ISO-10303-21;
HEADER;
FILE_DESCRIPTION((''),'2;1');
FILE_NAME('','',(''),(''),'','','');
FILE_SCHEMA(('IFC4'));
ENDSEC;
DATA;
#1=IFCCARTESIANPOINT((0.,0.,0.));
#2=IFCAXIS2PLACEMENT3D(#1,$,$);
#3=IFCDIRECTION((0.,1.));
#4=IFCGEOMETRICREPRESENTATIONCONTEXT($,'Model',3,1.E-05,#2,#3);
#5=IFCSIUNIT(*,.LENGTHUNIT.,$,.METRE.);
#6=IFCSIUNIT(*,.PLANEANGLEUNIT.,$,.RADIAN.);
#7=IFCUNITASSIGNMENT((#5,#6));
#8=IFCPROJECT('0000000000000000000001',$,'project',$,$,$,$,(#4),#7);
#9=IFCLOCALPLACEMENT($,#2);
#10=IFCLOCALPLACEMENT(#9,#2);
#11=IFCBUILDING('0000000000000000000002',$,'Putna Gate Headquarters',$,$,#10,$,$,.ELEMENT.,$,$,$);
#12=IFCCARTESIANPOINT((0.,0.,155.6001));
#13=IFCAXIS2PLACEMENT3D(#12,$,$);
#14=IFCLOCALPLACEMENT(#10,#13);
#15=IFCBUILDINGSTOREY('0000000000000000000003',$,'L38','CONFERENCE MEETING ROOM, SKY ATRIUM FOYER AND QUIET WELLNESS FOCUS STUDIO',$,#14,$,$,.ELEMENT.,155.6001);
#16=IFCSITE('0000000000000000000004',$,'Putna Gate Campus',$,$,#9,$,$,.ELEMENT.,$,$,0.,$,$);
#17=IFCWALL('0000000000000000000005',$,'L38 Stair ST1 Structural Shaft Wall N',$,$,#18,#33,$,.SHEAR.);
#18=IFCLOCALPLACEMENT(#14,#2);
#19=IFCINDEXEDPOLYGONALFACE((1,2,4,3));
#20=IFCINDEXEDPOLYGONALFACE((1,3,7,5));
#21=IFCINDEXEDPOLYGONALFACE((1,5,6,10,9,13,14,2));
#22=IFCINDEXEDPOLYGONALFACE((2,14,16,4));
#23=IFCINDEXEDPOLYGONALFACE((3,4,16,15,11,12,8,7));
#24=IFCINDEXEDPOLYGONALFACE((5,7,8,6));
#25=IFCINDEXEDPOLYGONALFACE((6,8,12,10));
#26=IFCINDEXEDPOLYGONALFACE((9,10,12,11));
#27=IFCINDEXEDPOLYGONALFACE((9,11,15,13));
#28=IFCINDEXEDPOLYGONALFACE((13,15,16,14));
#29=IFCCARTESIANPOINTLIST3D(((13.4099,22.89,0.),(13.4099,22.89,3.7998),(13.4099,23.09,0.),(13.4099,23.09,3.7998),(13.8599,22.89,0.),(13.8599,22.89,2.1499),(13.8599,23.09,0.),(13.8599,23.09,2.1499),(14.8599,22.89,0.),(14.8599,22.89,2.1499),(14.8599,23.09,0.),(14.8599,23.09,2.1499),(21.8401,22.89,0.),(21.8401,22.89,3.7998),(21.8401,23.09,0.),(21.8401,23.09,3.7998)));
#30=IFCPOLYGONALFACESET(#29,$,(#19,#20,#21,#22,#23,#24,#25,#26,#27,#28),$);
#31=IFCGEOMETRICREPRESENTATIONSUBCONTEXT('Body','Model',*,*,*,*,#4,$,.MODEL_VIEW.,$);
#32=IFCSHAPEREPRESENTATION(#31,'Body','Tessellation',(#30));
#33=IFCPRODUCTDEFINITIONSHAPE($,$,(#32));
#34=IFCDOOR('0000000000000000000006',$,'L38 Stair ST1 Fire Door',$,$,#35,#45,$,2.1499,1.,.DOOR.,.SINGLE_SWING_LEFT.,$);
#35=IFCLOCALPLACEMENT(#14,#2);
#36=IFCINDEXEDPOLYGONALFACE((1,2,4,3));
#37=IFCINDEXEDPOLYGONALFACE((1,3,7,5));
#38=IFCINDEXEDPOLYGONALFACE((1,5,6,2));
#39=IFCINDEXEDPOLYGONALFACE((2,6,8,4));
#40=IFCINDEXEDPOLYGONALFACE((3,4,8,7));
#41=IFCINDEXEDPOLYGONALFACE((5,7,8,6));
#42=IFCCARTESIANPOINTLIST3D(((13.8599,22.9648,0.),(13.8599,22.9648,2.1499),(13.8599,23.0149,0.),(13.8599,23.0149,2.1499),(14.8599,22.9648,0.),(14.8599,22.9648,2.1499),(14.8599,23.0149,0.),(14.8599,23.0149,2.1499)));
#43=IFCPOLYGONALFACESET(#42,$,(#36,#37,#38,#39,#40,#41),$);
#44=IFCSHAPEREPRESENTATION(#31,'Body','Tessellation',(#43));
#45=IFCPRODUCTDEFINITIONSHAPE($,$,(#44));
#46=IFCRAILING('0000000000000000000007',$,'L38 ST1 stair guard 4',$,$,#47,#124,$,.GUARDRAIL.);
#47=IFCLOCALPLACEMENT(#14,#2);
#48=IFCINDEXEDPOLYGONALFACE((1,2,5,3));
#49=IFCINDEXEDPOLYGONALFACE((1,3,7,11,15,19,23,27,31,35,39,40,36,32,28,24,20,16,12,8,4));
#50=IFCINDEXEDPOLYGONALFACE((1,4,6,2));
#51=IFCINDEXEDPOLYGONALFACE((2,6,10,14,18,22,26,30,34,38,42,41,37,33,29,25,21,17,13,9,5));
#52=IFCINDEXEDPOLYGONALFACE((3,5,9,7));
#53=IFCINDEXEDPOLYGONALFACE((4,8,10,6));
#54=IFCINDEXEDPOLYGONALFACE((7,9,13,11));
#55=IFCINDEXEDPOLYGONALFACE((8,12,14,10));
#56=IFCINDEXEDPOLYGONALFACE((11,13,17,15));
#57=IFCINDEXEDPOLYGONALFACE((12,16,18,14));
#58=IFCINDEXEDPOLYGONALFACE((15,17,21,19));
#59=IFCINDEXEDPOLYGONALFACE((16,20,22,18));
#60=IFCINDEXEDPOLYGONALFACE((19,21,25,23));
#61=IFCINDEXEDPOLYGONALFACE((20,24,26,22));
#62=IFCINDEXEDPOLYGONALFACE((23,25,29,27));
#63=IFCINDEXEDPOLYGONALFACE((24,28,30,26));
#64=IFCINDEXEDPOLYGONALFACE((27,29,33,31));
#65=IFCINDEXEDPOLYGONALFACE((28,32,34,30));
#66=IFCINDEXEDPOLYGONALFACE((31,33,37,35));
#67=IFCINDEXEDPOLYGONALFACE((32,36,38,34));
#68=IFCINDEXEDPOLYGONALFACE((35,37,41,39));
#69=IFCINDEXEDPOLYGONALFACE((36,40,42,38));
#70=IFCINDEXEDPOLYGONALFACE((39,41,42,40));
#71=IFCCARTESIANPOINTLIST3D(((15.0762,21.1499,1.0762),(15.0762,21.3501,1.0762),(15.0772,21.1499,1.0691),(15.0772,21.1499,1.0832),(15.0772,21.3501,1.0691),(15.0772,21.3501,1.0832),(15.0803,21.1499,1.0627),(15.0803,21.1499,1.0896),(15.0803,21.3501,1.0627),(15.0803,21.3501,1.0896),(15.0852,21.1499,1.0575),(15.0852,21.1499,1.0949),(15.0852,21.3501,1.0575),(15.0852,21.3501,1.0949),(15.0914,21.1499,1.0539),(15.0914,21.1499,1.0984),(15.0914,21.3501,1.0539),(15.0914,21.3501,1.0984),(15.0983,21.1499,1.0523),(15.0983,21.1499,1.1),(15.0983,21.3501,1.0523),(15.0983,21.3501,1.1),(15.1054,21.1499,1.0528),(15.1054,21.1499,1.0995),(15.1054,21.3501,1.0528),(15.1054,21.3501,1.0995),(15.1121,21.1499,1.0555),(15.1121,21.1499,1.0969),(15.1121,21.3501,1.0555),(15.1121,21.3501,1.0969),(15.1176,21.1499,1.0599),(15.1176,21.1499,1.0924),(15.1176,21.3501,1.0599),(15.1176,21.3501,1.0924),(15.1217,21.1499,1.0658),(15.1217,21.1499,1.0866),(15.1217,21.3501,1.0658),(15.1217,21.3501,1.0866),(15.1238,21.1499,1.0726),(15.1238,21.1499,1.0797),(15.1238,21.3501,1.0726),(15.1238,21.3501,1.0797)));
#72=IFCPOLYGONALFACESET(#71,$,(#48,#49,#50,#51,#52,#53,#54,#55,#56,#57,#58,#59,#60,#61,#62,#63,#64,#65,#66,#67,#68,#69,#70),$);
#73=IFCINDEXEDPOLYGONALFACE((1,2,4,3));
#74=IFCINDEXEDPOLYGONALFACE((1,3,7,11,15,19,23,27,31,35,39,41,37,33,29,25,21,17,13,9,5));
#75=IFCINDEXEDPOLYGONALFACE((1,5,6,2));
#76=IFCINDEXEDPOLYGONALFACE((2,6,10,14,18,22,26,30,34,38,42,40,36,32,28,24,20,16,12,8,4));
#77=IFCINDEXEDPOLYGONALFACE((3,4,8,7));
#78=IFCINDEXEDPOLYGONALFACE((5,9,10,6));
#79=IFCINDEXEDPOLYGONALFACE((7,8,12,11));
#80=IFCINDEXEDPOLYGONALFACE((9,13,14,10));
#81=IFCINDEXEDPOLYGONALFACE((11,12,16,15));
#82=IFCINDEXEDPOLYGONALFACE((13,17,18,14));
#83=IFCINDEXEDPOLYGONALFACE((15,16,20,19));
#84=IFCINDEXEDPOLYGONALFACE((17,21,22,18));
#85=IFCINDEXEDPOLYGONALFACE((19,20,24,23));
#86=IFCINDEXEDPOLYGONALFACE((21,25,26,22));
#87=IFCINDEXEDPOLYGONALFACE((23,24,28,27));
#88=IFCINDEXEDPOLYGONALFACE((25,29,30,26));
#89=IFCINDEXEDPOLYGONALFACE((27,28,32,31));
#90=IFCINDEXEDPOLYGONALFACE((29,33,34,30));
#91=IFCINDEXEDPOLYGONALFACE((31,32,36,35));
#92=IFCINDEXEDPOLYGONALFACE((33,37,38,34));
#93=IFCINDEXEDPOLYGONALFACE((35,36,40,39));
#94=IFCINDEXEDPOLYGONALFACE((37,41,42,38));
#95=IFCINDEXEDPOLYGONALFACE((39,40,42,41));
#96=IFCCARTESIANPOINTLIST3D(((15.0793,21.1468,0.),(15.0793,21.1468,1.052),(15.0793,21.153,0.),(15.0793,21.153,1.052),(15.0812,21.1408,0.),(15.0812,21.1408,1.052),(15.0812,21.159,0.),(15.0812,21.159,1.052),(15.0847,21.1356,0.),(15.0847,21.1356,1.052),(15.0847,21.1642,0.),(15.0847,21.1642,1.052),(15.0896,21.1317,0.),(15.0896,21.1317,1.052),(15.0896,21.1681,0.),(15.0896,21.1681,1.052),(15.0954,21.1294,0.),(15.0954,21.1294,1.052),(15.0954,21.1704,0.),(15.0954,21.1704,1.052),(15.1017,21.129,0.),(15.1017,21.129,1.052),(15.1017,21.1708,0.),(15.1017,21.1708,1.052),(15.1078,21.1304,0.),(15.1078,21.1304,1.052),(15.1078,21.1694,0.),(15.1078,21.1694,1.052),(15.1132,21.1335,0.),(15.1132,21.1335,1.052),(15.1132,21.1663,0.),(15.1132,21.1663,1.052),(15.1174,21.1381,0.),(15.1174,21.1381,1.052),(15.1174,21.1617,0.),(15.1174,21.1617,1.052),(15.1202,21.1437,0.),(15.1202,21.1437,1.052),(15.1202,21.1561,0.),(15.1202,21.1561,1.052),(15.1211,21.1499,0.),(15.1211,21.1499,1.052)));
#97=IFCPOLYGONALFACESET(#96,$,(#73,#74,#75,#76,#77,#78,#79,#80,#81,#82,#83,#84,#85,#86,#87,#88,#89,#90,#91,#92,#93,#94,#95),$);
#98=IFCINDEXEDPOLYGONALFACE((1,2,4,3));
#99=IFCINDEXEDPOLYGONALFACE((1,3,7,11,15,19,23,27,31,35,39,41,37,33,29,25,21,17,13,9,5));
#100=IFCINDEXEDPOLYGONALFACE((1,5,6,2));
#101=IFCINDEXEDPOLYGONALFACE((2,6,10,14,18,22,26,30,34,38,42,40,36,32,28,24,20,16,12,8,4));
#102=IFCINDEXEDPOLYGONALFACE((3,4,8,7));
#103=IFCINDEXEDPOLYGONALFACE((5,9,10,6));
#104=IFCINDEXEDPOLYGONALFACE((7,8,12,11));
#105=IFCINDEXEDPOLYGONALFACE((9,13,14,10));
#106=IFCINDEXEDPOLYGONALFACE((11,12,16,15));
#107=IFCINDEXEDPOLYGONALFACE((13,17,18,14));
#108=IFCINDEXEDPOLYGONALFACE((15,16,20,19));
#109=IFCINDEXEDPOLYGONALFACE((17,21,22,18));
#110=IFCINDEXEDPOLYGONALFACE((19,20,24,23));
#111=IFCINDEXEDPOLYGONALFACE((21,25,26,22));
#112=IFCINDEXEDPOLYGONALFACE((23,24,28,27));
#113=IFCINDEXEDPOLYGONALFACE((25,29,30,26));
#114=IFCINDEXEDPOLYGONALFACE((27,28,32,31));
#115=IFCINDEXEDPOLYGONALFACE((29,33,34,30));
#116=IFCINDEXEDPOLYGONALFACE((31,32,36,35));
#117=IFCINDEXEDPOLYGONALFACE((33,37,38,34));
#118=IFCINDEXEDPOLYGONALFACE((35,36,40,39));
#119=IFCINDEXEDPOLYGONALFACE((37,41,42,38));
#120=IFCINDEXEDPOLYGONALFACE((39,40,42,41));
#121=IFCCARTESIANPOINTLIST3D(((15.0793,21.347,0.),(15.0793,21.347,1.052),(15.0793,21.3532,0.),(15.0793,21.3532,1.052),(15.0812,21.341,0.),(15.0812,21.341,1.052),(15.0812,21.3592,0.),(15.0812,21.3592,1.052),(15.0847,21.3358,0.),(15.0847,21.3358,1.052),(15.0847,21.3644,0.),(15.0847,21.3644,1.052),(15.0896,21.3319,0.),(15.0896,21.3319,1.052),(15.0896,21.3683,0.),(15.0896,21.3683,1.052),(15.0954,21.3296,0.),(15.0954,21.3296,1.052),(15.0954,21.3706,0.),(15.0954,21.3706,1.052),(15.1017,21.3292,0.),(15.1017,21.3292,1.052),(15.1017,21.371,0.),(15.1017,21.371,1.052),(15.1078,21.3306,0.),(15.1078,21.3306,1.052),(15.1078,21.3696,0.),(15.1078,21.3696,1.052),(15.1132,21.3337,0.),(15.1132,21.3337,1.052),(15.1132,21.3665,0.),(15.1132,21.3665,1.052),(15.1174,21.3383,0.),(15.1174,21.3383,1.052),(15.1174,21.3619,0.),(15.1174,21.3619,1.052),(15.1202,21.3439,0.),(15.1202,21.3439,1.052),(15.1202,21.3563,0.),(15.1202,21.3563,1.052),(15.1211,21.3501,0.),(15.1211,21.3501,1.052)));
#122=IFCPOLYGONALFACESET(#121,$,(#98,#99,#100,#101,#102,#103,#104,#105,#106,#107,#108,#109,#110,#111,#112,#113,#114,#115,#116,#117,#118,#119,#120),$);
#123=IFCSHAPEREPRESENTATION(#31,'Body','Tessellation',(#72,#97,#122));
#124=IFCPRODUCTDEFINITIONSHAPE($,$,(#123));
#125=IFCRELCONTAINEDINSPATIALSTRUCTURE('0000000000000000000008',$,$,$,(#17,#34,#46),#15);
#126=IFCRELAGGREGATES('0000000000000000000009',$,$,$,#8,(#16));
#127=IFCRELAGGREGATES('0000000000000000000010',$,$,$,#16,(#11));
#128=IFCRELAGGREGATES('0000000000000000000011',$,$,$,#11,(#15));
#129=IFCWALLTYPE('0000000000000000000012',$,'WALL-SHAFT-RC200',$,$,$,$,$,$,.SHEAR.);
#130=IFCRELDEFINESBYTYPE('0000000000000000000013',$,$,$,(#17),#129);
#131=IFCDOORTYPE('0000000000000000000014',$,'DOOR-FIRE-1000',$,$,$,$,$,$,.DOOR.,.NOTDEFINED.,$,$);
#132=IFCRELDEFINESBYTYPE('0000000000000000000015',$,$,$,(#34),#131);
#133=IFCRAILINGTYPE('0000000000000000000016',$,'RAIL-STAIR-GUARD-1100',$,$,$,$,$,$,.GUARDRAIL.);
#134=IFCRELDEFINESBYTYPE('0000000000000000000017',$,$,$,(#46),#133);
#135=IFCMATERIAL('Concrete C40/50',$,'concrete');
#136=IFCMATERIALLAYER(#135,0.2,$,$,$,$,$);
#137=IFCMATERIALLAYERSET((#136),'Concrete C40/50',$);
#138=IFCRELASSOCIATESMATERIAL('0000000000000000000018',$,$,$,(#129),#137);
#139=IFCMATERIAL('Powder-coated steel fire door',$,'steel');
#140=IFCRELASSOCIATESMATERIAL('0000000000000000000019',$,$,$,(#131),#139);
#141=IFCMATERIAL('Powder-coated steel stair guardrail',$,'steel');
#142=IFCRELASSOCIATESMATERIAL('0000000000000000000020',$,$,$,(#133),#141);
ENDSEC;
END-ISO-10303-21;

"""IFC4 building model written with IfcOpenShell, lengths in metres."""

from ifc_helpers import new_model, si_unit, direction, frame, frame_2d, origin, origin_2d, place, context, subcontext, project, spatial, rectangle, circle, extrude, material, layer, layer_set, type_object, element, fill, save


model = new_model("IFC4")

# Units and contexts
model_context = context("Model", 3, precision=1e-05, world=origin(), true_north=direction((0.0, 1.0)))
body_context = subcontext(model_context, "Body", "Model", "MODEL_VIEW")
ifc_project = project(units=[si_unit("LENGTHUNIT", "METRE"), si_unit("PLANEANGLEUNIT", "RADIAN")], contexts=[model_context])

# Site, building, storey
site_placement = place(None, origin())
site = spatial("IfcSite", under=ifc_project, at=site_placement, Name="Putna Gate Campus", CompositionType="ELEMENT", RefElevation=0.0)
building_placement = place(site_placement, origin())
building = spatial("IfcBuilding", under=site, at=building_placement, Name="Putna Gate Headquarters", CompositionType="ELEMENT")
storey_placement = place(building_placement, frame((0.0, 0.0, 155.6001)))
storey = spatial("IfcBuildingStorey", under=building, at=storey_placement, Name="L38", Description="CONFERENCE MEETING ROOM, SKY ATRIUM FOYER AND QUIET WELLNESS FOCUS STUDIO", CompositionType="ELEMENT", Elevation=155.6001)

# Shared definitions
ifc_material_1 = material(Name="Concrete C40/50", Category="concrete")

# Wall, opening, door
ifc_layer_1 = layer(ifc_material_1, 0.2)
ifc_layer_set_1 = layer_set([ifc_layer_1], Name="Concrete C40/50")
wall_type_1 = type_object("IfcWallType", Name="WALL-SHAFT-RC200", PredefinedType="SHEAR", material=ifc_layer_set_1)
wall_1_placement = place(storey_placement, frame((13.4099, 22.99, 0.0), z_axis=(0.0, 0.0, 1.0), x_axis=(1.0, 0.0, 0.0)))
wall_1 = element("IfcWall", 1, at=wall_1_placement, inside=storey, type_object=wall_type_1, Name="L38 Stair ST1 Structural Shaft Wall N", PredefinedType="SHEAR", context=body_context, shape_type="SweptSolid", body=[
    extrude(rectangle(XDim=8.4302, YDim=0.2, at=frame_2d((4.2151, 0.0))), origin(), (0.0, 0.0, 1.0), 3.7998),
])
opening_1_placement = place(wall_1_placement, frame((0.45, 0.0, 0.0)))
opening_1 = element("IfcOpeningElement", 2, at=opening_1_placement, cuts=wall_1, PredefinedType="OPENING", context=body_context, shape_type="SweptSolid", body=[
    extrude(rectangle(XDim=1.0, YDim=2.1499, at=frame_2d((0.5, 1.075))), frame((0.0, 0.1099, 0.0), z_axis=(0.0, -1.0, 0.0), x_axis=(1.0, 0.0, 0.0)), (0.0, 0.0, 1.0), 0.22),
])
ifc_material_2 = material(Name="Powder-coated steel fire door", Category="steel")
door_type_1 = type_object("IfcDoorType", Name="DOOR-FIRE-1000", OperationType="NOTDEFINED", PredefinedType="DOOR", material=ifc_material_2)
door_1_placement = place(opening_1_placement, origin())
door_1 = element("IfcDoor", 3, at=door_1_placement, inside=storey, type_object=door_type_1, Name="L38 Stair ST1 Fire Door", OperationType="SINGLE_SWING_LEFT", OverallHeight=2.1499, OverallWidth=1.0, PredefinedType="DOOR", context=body_context, shape_type="SweptSolid", body=[
    extrude(rectangle(XDim=1.0, YDim=2.1499, at=frame_2d((0.5, 1.075))), frame((0.0, 0.0249, 0.0), z_axis=(0.0, -1.0, 0.0), x_axis=(1.0, 0.0, 0.0)), (0.0, 0.0, 1.0), 0.05),
])
fill(opening_1, door_1)

# Railing
ifc_material_3 = material(Name="Powder-coated steel stair guardrail", Category="steel")
railing_type = type_object("IfcRailingType", Name="RAIL-STAIR-GUARD-1100", PredefinedType="GUARDRAIL", material=ifc_material_3)
railing_placement = place(storey_placement, frame((15.1001, 21.1499, 0.0)))
element("IfcRailing", 4, at=railing_placement, inside=storey, type_object=railing_type, Name="L38 ST1 stair guard 4", PredefinedType="GUARDRAIL", context=body_context, shape_type="SweptSolid", body=[
    extrude(circle(Radius=0.0239, at=origin_2d()), frame((0.0, 0.0, 1.0762), z_axis=(0.0, 1.0, 0.0), x_axis=(-1.0, 0.0, 0.0)), (0.0, 0.0, 1.0), 0.2002),
    extrude(circle(Radius=0.021, at=origin_2d()), origin(), (0.0, 0.0, 1.0), 1.052),
    extrude(circle(Radius=0.021, at=origin_2d()), frame((0.0, 0.2002, 0.0)), (0.0, 0.0, 1.0), 1.052),
])

save(model, "model.ifc")
